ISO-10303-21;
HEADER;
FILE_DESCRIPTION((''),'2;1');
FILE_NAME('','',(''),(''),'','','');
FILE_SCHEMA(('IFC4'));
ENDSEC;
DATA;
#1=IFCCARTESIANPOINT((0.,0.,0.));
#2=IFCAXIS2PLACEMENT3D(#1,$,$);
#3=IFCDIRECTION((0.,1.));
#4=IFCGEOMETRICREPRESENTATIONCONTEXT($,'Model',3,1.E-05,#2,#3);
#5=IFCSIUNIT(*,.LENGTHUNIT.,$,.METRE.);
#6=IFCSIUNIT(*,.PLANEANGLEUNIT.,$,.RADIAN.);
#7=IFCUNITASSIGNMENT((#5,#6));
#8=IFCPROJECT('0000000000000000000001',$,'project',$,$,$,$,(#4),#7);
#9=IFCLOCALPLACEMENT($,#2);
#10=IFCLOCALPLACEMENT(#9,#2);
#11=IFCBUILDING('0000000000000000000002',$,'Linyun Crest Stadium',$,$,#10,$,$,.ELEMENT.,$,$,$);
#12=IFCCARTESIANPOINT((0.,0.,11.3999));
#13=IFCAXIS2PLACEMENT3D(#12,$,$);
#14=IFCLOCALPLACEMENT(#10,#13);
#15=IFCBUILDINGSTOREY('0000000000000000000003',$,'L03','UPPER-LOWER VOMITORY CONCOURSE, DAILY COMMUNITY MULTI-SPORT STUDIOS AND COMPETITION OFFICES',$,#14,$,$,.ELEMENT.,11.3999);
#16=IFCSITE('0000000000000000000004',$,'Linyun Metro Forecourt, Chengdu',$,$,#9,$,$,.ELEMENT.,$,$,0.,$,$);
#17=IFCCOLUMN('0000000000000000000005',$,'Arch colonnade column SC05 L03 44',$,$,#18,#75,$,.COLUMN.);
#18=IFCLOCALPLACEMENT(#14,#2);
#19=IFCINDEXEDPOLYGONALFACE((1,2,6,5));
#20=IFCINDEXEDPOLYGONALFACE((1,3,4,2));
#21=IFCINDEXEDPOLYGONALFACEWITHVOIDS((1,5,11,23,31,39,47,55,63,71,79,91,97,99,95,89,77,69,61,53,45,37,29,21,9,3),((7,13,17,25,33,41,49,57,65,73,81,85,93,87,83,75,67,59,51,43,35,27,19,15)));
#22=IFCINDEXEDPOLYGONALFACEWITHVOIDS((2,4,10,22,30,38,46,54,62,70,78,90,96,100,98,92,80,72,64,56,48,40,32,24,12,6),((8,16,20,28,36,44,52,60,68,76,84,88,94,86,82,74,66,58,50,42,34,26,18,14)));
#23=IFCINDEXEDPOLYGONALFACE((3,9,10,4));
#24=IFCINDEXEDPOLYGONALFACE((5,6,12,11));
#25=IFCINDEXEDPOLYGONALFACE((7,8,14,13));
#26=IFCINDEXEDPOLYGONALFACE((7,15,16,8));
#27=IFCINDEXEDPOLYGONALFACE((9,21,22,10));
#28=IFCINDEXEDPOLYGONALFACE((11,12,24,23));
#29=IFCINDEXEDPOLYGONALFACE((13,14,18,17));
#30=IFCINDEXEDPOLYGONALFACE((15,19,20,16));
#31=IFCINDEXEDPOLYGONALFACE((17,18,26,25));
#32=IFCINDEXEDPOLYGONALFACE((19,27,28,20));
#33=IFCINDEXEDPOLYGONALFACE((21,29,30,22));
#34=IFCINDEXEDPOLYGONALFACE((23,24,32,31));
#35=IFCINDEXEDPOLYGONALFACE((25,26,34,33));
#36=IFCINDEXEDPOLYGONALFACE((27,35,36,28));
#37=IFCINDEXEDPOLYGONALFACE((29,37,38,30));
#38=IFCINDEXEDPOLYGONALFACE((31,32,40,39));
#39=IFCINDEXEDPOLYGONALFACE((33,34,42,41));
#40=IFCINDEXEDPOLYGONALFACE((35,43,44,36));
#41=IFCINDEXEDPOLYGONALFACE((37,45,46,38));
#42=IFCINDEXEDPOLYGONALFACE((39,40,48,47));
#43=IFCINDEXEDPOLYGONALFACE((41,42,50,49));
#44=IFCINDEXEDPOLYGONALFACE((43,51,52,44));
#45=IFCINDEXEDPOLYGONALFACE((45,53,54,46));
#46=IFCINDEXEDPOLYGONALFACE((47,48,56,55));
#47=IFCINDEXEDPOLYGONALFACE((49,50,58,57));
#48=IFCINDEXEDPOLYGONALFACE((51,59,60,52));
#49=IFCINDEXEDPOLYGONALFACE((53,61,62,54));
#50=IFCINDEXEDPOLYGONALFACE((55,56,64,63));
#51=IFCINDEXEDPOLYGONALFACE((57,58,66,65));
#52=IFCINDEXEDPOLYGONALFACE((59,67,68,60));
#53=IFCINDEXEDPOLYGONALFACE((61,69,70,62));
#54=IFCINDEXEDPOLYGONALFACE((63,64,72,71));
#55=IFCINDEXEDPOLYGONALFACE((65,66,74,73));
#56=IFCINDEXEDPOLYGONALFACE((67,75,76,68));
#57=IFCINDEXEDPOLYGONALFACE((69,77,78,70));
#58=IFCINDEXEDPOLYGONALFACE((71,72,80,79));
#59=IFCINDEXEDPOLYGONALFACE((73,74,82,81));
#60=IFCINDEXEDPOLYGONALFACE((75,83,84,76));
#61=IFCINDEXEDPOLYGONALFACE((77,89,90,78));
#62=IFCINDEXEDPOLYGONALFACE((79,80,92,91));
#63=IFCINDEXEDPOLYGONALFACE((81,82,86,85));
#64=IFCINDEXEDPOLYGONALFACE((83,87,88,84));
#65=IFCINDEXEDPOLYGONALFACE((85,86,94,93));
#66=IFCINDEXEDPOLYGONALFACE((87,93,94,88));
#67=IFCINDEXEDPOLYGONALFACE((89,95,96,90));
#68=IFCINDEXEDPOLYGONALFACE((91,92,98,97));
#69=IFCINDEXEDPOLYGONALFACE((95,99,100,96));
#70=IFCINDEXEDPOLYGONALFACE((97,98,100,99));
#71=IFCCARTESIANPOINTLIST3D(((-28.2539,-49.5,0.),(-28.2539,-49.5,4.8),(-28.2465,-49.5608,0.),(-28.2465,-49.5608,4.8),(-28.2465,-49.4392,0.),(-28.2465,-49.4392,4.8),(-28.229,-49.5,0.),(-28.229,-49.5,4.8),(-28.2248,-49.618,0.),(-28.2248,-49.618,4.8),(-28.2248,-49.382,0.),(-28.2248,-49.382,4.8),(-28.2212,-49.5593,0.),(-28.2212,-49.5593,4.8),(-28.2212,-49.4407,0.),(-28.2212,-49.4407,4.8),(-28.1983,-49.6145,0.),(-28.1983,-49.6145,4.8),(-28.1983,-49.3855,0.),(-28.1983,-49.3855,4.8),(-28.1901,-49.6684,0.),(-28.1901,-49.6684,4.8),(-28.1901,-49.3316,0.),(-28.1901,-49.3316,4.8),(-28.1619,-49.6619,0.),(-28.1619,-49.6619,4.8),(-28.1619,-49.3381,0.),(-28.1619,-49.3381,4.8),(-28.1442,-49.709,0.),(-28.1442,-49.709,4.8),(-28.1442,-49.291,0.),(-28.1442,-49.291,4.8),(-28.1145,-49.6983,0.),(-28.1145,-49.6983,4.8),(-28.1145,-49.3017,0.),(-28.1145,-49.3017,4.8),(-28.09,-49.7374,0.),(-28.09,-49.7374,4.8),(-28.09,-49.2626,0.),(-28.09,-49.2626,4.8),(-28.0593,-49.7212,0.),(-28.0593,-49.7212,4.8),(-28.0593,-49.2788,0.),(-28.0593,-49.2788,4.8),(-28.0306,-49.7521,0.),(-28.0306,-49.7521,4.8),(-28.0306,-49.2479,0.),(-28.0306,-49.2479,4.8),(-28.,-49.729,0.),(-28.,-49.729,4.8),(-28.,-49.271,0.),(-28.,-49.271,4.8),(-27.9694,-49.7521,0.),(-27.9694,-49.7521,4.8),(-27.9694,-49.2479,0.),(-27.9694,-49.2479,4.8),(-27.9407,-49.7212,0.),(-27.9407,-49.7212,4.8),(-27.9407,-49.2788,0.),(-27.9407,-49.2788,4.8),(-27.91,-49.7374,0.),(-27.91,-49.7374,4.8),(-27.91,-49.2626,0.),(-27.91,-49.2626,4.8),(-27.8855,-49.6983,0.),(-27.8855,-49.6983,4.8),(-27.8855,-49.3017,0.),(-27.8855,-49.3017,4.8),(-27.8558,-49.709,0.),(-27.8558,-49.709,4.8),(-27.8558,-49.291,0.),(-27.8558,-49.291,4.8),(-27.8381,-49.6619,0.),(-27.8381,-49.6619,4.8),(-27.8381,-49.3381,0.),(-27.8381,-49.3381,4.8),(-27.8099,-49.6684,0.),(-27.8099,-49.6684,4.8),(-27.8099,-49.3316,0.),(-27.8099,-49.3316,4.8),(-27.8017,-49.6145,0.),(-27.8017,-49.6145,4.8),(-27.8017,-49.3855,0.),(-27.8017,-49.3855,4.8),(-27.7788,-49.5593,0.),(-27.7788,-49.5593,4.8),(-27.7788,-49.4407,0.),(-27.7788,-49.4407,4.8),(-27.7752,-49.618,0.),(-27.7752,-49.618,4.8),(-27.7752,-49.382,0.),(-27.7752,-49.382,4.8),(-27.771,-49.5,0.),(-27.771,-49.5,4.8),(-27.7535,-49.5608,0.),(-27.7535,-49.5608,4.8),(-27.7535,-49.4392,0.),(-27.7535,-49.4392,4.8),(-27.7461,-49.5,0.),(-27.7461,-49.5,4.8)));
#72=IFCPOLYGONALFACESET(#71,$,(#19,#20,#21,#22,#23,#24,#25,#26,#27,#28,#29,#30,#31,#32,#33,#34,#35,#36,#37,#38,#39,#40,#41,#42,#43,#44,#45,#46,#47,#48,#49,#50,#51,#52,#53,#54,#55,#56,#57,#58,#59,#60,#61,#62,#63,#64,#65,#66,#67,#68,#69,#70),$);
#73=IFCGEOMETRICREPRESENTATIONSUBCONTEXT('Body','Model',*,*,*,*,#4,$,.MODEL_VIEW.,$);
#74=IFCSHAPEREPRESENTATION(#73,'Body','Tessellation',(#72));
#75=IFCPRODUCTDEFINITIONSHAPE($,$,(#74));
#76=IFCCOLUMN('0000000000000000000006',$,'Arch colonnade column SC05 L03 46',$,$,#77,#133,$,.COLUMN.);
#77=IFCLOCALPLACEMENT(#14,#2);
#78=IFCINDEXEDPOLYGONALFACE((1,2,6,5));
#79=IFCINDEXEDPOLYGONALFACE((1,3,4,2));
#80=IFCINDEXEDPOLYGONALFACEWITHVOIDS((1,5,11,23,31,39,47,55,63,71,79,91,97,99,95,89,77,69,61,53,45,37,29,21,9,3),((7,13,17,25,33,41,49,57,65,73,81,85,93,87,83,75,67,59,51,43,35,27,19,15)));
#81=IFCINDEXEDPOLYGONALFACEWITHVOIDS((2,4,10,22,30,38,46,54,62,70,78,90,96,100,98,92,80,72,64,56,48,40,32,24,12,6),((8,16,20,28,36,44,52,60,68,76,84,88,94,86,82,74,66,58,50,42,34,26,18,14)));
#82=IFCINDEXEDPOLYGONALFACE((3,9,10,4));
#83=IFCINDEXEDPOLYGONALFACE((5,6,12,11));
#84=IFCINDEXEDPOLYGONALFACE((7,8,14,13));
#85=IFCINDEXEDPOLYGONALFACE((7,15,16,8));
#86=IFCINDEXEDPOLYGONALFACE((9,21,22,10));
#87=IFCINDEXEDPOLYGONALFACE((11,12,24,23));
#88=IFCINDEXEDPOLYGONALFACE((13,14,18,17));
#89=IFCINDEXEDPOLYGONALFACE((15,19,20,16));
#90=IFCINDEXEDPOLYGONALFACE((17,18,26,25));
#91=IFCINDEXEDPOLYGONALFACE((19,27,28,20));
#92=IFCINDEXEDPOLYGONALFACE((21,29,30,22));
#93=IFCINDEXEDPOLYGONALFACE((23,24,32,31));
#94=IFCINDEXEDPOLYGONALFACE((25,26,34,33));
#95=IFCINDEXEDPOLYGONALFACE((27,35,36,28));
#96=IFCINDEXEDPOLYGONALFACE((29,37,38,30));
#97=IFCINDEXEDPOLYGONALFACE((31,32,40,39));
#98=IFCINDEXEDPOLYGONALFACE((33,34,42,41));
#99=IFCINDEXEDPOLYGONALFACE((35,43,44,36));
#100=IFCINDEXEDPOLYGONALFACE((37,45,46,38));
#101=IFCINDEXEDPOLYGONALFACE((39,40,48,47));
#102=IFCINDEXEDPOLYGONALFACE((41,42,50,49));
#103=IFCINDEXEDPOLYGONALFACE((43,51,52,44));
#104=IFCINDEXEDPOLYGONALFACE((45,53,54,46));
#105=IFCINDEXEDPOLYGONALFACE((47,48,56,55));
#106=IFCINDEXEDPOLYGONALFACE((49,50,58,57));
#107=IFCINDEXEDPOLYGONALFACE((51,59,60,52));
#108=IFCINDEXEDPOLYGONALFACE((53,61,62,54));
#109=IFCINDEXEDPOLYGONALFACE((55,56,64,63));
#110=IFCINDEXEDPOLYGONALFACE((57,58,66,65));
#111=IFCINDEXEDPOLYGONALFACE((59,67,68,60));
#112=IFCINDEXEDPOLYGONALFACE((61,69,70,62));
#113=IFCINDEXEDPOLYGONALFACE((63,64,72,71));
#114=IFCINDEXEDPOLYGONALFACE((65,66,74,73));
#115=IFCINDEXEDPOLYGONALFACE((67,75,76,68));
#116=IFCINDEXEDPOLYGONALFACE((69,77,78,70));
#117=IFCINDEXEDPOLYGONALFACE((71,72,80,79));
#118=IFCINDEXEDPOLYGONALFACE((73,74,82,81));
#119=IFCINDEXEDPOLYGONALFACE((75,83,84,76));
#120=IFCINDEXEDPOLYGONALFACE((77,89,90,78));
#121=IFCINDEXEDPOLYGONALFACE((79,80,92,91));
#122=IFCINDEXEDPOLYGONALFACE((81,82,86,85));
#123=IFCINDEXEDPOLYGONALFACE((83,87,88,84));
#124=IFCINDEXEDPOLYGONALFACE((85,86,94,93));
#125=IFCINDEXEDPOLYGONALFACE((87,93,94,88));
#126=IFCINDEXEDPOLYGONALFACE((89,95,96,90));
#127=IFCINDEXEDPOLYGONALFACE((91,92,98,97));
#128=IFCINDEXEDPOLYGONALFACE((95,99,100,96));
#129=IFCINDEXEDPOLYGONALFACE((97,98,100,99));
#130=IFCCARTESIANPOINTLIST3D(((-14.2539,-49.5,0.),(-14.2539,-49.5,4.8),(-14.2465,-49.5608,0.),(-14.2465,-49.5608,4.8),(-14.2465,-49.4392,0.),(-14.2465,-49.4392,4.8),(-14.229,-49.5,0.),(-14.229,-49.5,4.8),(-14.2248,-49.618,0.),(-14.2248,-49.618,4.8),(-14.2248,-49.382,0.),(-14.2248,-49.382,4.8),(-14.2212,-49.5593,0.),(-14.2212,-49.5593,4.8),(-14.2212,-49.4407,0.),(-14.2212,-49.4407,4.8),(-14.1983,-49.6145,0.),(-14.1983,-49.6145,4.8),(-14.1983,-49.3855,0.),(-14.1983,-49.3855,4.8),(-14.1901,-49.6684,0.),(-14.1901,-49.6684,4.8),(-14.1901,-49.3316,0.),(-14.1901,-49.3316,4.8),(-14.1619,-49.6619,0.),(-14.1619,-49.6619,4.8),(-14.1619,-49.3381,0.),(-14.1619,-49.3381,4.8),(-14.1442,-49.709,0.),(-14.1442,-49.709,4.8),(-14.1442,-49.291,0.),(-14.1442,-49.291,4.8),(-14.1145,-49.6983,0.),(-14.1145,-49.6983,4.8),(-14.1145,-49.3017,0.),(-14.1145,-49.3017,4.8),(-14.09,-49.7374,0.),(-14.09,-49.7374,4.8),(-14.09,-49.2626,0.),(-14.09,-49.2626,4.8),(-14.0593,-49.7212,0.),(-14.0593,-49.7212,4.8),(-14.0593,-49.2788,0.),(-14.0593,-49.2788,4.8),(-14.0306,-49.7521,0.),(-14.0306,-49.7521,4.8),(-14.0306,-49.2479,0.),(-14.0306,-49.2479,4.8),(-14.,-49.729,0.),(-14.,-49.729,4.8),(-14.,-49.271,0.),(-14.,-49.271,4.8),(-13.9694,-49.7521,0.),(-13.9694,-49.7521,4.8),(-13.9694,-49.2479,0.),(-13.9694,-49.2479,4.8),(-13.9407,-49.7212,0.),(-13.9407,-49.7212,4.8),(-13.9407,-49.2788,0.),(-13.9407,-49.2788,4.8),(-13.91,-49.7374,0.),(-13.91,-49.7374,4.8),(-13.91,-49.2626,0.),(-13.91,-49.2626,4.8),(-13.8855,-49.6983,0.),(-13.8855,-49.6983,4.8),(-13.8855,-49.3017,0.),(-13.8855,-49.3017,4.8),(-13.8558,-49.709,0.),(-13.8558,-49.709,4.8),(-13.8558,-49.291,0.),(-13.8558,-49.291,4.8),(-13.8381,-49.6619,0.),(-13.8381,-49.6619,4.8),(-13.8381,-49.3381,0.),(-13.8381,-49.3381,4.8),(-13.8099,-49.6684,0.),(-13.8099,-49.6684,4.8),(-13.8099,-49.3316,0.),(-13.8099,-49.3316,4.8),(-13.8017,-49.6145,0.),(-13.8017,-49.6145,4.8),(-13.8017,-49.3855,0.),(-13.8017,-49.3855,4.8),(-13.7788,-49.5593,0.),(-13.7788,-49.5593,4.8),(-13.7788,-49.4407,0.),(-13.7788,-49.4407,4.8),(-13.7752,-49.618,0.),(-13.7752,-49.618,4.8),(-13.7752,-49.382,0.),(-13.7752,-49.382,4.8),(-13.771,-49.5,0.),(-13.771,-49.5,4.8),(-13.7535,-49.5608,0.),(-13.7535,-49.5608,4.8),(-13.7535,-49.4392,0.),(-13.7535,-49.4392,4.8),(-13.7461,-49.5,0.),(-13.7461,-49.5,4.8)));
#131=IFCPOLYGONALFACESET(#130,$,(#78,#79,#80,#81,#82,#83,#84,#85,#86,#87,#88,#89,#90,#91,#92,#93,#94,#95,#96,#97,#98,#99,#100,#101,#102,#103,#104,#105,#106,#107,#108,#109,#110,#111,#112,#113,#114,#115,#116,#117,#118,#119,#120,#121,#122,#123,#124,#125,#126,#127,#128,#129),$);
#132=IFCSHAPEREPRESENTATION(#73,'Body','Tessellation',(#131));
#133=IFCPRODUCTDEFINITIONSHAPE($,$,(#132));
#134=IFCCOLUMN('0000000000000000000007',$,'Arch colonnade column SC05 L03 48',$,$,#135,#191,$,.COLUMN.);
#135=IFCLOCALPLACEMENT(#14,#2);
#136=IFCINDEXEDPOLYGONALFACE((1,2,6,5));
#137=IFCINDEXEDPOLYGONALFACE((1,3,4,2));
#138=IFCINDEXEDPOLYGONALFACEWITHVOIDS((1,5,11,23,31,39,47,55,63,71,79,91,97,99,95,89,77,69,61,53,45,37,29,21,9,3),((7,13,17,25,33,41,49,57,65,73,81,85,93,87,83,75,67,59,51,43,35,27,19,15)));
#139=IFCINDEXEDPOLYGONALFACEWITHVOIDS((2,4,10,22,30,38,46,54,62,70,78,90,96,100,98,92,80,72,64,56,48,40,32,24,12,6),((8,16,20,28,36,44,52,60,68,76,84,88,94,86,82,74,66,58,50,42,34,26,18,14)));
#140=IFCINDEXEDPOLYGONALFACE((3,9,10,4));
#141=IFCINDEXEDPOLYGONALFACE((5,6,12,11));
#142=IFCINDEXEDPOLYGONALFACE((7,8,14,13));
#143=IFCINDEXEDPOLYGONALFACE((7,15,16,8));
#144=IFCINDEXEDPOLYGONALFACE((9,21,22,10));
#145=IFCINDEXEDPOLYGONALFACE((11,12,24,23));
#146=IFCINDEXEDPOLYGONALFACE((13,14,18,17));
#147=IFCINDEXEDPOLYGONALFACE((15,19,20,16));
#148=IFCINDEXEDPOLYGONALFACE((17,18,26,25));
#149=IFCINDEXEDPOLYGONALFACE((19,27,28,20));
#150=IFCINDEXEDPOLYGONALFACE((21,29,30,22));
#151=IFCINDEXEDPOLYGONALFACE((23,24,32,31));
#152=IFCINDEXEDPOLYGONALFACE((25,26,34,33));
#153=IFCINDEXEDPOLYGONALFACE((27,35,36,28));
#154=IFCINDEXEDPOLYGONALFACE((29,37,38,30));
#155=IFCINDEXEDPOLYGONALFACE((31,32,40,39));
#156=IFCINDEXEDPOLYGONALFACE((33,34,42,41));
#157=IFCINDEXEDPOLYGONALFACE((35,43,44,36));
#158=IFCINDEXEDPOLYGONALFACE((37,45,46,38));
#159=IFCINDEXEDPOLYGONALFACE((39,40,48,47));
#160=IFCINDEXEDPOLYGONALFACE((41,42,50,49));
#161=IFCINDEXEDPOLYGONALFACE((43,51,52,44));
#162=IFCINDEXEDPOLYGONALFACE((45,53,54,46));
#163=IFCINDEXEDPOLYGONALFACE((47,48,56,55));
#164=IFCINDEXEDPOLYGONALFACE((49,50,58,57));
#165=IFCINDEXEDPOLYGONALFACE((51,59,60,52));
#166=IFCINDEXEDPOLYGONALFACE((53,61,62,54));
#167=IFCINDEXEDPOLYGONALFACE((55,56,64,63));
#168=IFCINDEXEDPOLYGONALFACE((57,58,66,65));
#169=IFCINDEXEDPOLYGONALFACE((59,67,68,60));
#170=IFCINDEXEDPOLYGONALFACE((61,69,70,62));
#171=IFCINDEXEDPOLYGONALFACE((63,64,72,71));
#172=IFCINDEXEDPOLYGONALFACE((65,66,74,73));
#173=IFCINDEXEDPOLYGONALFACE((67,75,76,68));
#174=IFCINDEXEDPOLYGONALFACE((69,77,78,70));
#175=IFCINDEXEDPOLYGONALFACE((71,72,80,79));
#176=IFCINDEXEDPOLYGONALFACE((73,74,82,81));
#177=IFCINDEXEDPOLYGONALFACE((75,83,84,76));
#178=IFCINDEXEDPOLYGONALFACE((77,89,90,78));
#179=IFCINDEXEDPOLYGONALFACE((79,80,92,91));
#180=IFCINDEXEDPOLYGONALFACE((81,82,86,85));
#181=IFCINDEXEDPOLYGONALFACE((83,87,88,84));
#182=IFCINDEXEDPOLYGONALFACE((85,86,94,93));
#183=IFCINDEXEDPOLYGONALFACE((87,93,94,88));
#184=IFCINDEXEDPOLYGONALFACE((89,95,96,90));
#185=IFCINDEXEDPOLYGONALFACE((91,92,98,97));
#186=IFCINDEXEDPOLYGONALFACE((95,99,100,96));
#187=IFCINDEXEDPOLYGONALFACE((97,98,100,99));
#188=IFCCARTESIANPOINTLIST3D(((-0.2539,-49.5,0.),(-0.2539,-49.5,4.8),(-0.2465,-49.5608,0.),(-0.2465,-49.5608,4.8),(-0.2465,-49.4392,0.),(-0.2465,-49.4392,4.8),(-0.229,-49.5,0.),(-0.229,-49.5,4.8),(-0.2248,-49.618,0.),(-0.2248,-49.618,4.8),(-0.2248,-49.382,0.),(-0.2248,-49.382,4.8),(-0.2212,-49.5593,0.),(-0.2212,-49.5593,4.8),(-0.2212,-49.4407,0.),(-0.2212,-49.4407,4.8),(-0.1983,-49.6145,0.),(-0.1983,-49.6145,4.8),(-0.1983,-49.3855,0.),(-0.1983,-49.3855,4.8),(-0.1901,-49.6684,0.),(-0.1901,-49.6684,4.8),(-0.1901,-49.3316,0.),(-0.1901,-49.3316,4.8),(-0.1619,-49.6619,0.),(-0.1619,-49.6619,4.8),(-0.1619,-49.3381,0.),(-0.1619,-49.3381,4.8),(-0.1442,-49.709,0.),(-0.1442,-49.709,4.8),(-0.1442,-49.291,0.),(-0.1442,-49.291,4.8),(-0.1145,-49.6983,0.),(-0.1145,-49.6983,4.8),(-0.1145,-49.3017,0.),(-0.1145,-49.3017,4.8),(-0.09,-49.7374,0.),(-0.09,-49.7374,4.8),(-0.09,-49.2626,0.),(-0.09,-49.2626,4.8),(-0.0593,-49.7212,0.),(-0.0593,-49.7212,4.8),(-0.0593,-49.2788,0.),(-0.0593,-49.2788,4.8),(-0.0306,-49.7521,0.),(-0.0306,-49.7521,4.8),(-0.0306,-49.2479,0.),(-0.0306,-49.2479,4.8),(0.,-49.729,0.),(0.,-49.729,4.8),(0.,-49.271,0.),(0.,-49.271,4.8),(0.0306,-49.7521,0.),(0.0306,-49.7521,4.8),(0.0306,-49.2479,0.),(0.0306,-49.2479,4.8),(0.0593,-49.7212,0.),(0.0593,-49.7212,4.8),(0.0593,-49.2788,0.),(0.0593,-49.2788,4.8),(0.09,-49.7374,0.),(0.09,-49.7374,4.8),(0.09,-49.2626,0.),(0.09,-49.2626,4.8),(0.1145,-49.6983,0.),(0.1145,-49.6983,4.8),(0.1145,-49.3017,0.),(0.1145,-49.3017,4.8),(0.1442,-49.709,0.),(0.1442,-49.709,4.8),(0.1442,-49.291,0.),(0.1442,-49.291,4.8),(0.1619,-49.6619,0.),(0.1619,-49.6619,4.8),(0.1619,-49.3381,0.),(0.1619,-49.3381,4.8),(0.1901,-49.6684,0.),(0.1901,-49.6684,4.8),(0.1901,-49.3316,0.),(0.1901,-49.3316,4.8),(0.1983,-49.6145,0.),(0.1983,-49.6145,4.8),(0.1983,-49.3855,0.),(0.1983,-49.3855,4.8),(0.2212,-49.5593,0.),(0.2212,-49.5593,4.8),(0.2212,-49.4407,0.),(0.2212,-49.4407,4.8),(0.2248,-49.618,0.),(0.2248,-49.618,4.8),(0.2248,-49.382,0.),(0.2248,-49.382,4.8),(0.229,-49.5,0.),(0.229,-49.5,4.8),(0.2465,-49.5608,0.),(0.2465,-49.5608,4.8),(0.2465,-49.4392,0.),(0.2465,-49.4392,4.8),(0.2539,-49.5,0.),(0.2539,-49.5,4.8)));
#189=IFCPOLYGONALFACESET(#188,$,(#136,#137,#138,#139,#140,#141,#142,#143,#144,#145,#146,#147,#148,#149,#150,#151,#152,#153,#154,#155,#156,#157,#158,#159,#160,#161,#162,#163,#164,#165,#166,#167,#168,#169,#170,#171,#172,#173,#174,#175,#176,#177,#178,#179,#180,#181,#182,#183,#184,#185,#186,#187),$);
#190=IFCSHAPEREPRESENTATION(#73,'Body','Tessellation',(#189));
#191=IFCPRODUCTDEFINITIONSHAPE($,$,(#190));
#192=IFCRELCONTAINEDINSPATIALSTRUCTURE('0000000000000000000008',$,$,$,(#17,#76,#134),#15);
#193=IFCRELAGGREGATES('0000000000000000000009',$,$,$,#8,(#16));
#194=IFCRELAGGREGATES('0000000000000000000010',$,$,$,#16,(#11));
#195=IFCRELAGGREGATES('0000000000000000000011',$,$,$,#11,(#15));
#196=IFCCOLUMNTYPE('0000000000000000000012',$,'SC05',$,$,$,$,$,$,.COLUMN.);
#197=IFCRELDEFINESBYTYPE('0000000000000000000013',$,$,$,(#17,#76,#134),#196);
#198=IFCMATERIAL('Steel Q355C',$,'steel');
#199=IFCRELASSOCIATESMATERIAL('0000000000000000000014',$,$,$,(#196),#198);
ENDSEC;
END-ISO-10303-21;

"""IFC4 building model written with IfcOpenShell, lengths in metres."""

from ifc_helpers import new_model, si_unit, direction, frame, origin, origin_2d, place, context, subcontext, project, spatial, hollow_circle, extrude, material, material_profile, profile_set, type_object, element, save


model = new_model("IFC4")

# Units and contexts
model_context = context("Model", 3, precision=1e-05, world=origin(), true_north=direction((0.0, 1.0)))
body_context = subcontext(model_context, "Body", "Model", "MODEL_VIEW")
ifc_project = project(units=[si_unit("LENGTHUNIT", "METRE"), si_unit("PLANEANGLEUNIT", "RADIAN")], contexts=[model_context])

# Site, building, storey
site_placement = place(None, origin())
site = spatial("IfcSite", under=ifc_project, at=site_placement, Name="Linyun Metro Forecourt, Chengdu", CompositionType="ELEMENT", RefElevation=0.0)
building_placement = place(site_placement, origin())
building = spatial("IfcBuilding", under=site, at=building_placement, Name="Linyun Crest Stadium", CompositionType="ELEMENT")
storey_placement = place(building_placement, frame((0.0, 0.0, 11.3999)))
storey = spatial("IfcBuildingStorey", under=building, at=storey_placement, Name="L03", Description="UPPER-LOWER VOMITORY CONCOURSE, DAILY COMMUNITY MULTI-SPORT STUDIOS AND COMPETITION OFFICES", CompositionType="ELEMENT", Elevation=11.3999)

# Columns
ifc_material_1 = material(Name="Steel Q355C", Category="steel")
ifc_material_profile_1 = material_profile(ifc_material_1, hollow_circle(Radius=0.2539, WallThickness=0.0249, at=origin_2d()), Name="CHS 508x25")
ifc_profile_set_1 = profile_set([ifc_material_profile_1], Name="Steel Q355C")
column_type_1 = type_object("IfcColumnType", Name="SC05", PredefinedType="COLUMN", material=ifc_profile_set_1)
for number, where, z_axis, x_axis, name in (
    (1, (-28.0, -49.5, 0.0), (0.0, 0.0, 1.0), (1.0, 0.0, 0.0), "Arch colonnade column SC05 L03 44"),
    (2, (-14.0, -49.5, 0.0), (0.0, 0.0, 1.0), (1.0, 0.0, 0.0), "Arch colonnade column SC05 L03 46"),
    (3, (0.0, -49.5, 0.0), (0.0, 0.0, 1.0), (1.0, 0.0, 0.0), "Arch colonnade column SC05 L03 48"),
):
    element("IfcColumn", number, at=place(storey_placement, frame(where, z_axis=z_axis, x_axis=x_axis)), inside=storey, type_object=column_type_1, Name=name, PredefinedType="COLUMN", context=body_context, shape_type="SweptSolid", body=[
        extrude(hollow_circle(Radius=0.2539, WallThickness=0.0249, at=origin_2d()), origin(), (0.0, 0.0, 1.0), 4.8),
    ])

save(model, "model.ifc")
